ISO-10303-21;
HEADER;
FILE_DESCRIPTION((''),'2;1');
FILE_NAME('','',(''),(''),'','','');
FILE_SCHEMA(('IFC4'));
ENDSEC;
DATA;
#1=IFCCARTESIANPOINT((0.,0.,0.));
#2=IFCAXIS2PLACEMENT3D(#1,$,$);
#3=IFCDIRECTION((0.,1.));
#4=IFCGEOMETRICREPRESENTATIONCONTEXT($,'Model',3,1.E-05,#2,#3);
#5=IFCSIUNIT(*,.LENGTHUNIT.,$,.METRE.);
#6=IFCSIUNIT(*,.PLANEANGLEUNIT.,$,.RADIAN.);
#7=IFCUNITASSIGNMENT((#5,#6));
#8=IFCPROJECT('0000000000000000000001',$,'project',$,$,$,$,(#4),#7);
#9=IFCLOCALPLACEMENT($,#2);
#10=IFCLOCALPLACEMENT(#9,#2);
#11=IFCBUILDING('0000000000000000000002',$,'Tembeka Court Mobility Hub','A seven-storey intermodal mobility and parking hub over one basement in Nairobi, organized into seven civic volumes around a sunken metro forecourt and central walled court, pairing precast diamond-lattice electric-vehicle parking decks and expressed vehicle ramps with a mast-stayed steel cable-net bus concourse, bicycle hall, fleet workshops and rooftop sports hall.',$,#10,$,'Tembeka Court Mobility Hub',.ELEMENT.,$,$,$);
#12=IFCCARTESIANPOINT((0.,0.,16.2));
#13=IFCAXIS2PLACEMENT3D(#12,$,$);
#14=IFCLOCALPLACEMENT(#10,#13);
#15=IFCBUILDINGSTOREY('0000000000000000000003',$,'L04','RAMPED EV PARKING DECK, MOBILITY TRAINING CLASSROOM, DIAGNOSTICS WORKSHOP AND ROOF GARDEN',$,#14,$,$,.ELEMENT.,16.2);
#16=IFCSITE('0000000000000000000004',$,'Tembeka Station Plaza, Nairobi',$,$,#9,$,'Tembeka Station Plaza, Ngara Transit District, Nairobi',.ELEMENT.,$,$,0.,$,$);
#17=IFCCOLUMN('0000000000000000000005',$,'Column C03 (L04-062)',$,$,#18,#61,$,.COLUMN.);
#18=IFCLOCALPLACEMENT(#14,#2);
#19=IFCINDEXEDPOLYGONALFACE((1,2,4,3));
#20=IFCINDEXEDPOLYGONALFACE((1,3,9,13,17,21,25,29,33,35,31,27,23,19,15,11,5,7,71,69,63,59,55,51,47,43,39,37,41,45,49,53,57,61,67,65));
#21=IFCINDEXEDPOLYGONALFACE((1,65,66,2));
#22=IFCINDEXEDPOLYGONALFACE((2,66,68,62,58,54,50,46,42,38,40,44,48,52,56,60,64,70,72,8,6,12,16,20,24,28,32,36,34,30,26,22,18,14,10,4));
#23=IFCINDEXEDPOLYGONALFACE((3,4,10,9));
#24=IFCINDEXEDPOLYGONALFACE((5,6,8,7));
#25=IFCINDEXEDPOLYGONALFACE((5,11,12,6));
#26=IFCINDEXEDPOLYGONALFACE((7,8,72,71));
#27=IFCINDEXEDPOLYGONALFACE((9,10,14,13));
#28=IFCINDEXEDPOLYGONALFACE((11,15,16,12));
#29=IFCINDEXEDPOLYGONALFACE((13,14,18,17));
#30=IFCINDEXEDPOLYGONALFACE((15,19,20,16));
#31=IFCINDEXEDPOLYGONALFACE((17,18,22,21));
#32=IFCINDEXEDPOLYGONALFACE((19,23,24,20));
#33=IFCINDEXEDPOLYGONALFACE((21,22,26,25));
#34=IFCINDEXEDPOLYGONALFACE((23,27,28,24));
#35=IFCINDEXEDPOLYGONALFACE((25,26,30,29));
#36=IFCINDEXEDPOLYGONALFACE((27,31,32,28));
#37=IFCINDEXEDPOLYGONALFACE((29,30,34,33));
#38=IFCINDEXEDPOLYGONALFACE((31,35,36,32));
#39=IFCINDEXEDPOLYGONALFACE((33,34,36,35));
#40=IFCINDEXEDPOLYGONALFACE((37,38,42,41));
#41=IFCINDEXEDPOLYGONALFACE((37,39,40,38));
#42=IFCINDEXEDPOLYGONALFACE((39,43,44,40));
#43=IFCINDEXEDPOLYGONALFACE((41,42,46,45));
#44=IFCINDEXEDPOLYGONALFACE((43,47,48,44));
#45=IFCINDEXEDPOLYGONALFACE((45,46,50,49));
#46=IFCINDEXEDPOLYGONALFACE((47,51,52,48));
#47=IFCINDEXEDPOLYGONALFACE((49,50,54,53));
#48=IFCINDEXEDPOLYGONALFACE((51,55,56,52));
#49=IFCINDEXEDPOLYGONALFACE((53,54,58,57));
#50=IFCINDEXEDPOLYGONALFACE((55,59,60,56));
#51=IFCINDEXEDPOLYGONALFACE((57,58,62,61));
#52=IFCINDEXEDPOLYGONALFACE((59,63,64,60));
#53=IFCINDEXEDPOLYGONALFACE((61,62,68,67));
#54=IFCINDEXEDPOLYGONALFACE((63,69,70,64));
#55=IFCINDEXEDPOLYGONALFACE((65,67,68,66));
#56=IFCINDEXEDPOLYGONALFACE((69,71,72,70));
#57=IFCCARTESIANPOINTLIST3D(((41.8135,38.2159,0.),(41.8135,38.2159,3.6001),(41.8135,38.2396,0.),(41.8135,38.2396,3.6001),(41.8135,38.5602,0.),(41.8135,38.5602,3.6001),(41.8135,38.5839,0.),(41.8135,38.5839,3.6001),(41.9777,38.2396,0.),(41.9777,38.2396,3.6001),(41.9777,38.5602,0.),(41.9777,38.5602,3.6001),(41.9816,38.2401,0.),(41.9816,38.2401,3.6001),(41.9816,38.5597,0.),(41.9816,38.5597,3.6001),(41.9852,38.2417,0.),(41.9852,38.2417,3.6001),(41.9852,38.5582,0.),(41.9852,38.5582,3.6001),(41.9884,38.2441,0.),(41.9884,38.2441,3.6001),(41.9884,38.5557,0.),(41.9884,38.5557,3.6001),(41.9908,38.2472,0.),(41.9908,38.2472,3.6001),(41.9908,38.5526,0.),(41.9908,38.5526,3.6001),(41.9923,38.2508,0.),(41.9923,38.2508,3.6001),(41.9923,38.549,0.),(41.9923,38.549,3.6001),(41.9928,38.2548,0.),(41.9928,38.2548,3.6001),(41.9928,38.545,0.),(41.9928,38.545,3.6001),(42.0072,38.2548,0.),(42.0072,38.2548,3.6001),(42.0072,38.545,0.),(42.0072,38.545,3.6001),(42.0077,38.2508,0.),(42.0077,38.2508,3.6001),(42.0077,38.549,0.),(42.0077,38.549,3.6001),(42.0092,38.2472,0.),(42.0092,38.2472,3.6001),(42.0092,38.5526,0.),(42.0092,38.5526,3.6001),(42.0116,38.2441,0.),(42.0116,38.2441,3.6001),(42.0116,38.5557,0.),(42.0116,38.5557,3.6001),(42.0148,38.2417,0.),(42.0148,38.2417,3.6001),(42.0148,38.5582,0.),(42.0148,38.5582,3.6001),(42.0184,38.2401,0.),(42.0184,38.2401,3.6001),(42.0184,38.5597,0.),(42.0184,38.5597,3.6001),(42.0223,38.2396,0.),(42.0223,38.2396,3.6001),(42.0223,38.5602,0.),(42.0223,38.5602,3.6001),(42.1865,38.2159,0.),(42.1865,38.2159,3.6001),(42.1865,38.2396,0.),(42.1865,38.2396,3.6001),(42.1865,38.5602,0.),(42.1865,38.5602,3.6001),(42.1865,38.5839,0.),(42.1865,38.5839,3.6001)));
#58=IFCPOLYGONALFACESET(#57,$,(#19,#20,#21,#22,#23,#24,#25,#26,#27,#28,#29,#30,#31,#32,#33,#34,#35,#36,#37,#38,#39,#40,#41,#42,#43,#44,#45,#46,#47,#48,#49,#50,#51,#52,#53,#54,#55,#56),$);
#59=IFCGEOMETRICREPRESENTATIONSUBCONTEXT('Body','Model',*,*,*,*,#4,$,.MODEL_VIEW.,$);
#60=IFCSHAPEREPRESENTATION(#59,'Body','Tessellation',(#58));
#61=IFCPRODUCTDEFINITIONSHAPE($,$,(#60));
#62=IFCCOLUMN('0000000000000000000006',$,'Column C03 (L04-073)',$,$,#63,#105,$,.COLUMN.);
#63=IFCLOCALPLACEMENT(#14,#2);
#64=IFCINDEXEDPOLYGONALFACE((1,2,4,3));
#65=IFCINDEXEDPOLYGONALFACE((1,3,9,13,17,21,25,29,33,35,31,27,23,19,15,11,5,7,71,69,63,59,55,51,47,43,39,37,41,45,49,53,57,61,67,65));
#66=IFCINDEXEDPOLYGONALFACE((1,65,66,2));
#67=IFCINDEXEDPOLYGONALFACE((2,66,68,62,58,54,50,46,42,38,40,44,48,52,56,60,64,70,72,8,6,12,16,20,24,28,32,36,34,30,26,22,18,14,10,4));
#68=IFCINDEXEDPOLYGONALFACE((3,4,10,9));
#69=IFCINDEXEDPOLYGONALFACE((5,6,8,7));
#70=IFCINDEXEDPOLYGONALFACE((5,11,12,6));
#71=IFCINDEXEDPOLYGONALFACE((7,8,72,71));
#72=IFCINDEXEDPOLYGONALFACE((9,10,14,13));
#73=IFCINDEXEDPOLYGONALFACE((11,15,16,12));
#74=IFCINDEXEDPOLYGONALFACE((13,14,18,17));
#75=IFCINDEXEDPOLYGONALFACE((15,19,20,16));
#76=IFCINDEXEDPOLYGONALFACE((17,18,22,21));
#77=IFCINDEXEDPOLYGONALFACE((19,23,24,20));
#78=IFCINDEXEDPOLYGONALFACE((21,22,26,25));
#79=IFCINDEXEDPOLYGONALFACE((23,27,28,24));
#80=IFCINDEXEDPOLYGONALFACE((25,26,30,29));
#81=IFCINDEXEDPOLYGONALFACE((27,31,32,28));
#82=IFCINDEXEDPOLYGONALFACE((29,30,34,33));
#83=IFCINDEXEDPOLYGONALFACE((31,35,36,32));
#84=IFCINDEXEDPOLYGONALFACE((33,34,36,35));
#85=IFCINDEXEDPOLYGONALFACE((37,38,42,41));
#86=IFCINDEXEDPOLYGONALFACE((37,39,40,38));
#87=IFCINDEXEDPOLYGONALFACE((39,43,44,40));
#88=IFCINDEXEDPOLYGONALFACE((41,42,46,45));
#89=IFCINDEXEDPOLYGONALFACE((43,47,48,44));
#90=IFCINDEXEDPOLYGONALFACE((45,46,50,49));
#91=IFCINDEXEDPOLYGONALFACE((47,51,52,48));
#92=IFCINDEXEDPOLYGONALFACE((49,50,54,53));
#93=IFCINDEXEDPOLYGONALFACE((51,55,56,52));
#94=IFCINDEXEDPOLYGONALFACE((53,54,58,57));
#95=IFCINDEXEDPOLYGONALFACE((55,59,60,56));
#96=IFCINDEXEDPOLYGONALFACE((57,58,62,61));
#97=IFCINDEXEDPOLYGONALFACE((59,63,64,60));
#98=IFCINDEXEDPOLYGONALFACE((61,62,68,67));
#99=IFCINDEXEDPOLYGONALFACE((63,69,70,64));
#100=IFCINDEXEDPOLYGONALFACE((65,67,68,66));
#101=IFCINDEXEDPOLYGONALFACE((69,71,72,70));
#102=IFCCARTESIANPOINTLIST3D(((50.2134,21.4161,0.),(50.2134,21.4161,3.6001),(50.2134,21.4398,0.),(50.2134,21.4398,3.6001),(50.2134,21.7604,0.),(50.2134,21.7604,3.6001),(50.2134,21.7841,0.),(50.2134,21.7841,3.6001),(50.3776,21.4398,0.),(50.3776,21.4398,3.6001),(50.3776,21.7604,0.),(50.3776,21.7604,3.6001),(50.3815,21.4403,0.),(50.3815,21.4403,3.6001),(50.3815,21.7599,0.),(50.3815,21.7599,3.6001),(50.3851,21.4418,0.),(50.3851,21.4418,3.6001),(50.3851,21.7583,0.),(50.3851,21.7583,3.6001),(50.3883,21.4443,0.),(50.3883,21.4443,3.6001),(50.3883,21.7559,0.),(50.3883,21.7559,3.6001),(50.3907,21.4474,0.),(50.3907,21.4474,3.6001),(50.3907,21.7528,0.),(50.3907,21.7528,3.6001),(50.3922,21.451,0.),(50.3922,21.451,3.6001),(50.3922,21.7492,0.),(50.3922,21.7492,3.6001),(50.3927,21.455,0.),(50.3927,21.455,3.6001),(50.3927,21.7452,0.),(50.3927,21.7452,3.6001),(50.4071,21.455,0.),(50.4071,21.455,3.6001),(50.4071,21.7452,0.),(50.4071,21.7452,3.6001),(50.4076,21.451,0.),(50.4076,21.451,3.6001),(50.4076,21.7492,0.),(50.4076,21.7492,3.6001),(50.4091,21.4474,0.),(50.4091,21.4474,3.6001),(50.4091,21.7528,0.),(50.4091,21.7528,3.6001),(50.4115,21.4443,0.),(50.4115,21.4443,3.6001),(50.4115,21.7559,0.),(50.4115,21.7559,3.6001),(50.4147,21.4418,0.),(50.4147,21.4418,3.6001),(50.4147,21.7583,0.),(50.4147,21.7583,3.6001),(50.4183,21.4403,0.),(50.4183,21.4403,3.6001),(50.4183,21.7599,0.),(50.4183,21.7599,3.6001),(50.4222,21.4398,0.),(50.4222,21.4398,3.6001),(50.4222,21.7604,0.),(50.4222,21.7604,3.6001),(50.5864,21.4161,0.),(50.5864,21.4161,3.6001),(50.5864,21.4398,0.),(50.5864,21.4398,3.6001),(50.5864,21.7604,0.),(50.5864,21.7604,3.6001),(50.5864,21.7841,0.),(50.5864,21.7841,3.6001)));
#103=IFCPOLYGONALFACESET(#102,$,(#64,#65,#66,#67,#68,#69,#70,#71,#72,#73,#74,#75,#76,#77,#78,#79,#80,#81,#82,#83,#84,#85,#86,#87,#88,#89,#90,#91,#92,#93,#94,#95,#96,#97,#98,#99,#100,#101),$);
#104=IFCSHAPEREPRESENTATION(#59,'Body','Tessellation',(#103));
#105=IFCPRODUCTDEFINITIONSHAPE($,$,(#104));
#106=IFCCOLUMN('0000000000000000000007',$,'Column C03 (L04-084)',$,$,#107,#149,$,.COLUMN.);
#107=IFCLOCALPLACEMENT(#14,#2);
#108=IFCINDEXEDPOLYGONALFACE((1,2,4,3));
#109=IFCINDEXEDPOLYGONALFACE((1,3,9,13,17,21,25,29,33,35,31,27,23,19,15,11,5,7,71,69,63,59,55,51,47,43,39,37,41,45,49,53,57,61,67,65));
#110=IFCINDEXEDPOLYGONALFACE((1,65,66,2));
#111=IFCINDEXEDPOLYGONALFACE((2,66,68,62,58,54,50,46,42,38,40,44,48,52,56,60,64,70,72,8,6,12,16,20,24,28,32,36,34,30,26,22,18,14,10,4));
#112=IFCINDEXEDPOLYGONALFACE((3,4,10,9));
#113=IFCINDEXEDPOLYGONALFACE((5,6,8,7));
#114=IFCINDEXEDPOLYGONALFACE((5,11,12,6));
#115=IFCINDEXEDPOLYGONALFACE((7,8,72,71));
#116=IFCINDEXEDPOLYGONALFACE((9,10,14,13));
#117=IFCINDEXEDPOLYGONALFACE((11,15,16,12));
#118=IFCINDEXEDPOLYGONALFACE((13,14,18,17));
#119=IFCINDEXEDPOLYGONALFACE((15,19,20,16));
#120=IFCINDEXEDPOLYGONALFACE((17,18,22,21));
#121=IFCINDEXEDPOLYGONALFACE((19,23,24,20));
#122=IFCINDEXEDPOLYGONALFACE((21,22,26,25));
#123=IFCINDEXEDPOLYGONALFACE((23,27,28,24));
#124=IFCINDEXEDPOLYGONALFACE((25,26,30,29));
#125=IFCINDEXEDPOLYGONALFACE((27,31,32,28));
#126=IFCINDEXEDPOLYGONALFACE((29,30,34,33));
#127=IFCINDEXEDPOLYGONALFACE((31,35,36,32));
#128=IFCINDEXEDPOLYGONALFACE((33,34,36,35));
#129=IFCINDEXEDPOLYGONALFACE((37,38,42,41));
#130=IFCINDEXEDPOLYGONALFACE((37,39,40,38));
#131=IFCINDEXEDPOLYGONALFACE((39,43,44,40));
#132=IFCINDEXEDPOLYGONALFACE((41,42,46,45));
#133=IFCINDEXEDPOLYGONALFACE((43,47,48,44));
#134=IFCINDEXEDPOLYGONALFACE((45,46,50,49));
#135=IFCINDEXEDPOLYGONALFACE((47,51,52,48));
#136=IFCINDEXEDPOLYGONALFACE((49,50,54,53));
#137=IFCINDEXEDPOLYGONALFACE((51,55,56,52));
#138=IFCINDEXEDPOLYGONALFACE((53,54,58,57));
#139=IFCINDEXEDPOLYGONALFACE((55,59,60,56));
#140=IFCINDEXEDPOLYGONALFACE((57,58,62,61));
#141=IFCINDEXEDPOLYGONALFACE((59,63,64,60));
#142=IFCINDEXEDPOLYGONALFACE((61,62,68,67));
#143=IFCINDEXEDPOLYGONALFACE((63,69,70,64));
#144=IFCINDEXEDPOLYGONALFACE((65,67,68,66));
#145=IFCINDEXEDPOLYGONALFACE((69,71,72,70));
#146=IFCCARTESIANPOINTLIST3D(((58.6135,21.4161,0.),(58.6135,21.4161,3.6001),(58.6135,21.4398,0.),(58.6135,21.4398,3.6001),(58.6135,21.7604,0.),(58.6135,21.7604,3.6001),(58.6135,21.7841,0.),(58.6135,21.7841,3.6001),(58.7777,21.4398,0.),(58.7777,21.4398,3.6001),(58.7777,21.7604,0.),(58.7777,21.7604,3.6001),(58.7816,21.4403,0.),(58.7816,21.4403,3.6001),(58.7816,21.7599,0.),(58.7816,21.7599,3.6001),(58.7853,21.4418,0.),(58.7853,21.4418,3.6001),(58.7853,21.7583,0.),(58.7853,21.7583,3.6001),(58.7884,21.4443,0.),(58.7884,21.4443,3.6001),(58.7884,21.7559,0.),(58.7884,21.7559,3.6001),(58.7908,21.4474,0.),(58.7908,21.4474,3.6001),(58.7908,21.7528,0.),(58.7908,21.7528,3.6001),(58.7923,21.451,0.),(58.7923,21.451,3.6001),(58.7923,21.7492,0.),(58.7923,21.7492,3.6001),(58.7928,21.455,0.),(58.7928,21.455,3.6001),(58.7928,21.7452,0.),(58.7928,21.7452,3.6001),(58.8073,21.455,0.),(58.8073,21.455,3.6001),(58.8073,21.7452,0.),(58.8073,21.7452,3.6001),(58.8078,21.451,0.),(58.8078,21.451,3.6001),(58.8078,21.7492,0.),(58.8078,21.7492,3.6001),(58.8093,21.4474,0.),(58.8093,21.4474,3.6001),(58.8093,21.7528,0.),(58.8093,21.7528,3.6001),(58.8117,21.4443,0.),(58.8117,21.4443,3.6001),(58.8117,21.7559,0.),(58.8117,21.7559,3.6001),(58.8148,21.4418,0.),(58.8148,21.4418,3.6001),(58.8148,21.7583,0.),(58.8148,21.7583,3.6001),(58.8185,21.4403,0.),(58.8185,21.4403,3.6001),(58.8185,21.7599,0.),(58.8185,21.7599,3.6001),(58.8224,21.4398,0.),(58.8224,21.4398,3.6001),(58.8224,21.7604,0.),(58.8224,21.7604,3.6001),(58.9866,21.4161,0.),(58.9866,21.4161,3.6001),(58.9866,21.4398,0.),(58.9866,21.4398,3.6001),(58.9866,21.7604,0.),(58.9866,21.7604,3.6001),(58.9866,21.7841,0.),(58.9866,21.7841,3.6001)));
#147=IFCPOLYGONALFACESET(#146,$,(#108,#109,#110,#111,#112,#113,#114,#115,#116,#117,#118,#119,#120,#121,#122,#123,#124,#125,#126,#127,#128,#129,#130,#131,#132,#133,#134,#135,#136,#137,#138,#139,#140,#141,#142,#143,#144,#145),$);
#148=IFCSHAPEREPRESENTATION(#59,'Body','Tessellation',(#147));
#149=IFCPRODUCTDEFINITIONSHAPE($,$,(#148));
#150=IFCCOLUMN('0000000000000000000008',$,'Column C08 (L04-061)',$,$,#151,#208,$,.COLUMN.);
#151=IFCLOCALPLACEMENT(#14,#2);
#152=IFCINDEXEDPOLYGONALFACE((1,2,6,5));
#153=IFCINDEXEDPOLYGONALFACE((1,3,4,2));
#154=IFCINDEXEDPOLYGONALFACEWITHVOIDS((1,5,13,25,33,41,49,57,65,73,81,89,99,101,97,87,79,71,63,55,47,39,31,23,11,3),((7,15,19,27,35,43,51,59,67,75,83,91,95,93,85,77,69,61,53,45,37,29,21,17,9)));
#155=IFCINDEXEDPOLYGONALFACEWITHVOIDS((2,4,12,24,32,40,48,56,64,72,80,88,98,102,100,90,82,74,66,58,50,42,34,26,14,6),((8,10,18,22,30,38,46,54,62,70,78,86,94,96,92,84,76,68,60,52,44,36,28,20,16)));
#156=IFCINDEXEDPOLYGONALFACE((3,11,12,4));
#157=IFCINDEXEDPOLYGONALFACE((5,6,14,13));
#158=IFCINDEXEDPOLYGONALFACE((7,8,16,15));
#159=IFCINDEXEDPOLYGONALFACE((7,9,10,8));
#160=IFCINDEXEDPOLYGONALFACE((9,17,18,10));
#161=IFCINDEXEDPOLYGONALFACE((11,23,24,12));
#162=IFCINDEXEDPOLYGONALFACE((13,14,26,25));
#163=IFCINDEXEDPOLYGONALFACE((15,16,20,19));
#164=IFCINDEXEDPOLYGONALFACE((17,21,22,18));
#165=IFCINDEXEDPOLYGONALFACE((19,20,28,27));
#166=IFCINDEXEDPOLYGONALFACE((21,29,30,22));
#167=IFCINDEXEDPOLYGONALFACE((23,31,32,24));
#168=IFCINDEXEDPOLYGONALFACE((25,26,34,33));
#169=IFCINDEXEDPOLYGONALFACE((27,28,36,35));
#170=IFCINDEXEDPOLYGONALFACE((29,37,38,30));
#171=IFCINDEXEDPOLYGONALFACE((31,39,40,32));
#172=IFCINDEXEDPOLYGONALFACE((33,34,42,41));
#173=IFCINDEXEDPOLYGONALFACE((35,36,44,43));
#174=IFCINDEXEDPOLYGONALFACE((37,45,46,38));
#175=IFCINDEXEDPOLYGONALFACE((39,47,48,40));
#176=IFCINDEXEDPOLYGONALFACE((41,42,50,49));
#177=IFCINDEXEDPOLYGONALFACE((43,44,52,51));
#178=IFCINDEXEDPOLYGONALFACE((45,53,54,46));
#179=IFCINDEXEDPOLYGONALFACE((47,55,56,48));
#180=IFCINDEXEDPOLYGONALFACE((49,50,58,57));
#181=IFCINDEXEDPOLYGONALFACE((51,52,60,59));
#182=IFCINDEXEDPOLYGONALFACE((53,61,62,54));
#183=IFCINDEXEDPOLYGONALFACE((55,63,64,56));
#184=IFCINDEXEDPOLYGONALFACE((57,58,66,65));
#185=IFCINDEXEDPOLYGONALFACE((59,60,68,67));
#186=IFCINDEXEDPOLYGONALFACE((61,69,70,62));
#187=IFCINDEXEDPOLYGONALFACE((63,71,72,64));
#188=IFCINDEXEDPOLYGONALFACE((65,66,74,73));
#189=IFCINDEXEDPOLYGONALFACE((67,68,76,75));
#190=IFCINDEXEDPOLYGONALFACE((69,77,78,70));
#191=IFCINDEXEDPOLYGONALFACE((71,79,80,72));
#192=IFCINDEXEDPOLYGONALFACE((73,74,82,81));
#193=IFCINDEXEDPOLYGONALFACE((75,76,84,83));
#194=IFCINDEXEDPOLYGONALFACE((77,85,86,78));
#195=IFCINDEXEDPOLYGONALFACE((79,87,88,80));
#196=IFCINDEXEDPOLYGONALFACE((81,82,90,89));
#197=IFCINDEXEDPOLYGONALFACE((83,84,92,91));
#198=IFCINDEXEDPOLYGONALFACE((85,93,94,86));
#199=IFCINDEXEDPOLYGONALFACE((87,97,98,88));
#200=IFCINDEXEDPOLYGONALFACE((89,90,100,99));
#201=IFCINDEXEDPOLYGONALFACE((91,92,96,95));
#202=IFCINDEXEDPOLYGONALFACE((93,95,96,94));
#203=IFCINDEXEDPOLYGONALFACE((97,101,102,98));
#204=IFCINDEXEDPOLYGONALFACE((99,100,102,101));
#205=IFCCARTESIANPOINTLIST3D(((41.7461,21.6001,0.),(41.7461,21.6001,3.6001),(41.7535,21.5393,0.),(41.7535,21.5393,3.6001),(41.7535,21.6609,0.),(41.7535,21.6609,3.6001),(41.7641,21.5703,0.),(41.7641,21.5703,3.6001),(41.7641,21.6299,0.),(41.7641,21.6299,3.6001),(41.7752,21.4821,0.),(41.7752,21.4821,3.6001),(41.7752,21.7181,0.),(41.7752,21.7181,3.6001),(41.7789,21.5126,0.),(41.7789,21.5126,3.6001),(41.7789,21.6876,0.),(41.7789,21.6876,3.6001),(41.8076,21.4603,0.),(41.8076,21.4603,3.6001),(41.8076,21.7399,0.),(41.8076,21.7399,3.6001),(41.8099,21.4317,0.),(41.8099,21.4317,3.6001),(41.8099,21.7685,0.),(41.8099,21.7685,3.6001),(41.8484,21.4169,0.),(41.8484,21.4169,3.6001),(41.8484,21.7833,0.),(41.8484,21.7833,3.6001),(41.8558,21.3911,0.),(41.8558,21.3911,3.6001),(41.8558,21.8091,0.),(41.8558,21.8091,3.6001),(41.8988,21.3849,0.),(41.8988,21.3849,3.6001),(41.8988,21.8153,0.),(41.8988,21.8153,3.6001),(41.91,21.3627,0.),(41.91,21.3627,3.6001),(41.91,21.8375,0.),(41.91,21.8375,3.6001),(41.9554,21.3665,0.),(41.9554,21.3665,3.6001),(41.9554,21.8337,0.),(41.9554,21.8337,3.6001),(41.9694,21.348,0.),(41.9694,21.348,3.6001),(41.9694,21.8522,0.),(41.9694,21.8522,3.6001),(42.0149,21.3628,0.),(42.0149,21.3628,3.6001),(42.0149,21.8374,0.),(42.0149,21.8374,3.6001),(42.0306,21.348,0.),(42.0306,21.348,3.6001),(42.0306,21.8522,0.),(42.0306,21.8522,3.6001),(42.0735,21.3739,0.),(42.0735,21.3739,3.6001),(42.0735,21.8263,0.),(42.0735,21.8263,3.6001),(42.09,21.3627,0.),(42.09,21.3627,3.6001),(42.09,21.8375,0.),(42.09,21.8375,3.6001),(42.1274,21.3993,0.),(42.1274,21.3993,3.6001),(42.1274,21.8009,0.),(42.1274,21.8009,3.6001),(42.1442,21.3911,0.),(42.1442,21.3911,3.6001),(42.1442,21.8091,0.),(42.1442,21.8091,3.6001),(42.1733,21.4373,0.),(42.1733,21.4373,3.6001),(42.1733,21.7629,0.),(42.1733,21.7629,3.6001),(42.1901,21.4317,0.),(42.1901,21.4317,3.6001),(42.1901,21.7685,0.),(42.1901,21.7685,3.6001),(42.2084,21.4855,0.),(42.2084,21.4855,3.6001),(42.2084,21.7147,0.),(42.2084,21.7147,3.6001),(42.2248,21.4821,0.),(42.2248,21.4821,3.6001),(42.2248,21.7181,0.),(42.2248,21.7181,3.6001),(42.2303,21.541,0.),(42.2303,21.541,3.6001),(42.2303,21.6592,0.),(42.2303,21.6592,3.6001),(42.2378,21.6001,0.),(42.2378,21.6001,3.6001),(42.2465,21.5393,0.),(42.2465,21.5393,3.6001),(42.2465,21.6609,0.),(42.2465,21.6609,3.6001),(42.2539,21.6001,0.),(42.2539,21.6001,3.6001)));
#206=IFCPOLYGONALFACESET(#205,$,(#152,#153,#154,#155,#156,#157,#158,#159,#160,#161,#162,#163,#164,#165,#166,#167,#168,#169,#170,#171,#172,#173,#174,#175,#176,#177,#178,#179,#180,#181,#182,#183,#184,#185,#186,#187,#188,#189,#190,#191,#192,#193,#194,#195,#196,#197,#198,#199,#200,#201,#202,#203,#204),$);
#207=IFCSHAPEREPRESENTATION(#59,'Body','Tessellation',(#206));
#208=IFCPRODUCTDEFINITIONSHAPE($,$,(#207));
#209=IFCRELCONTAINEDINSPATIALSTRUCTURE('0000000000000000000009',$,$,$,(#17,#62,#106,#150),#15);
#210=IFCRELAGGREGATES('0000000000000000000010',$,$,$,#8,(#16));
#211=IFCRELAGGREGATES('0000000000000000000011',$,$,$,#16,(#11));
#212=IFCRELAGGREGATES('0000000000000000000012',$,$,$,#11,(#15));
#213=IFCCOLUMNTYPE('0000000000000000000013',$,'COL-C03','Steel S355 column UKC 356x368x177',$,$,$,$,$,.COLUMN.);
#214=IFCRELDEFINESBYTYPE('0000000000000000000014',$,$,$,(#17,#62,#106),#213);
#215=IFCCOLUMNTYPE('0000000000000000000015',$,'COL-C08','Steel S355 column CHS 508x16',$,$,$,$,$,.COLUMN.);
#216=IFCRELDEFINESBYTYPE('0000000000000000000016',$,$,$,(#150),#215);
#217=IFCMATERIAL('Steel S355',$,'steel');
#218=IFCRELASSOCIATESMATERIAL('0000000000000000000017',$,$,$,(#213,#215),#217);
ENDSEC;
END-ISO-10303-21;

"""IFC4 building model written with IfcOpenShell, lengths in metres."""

from ifc_helpers import new_model, si_unit, direction, frame, origin, origin_2d, place, context, subcontext, project, spatial, hollow_circle, i_section, extrude, material, material_profile, profile_set, type_object, element, save


model = new_model("IFC4")

# Units and contexts
model_context = context("Model", 3, precision=1e-05, world=origin(), true_north=direction((0.0, 1.0)))
body_context = subcontext(model_context, "Body", "Model", "MODEL_VIEW")
ifc_project = project(units=[si_unit("LENGTHUNIT", "METRE"), si_unit("PLANEANGLEUNIT", "RADIAN")], contexts=[model_context])

# Site, building, storey
site_placement = place(None, origin())
site = spatial("IfcSite", under=ifc_project, at=site_placement, Name="Tembeka Station Plaza, Nairobi", LongName="Tembeka Station Plaza, Ngara Transit District, Nairobi", CompositionType="ELEMENT", RefElevation=0.0)
building_placement = place(site_placement, origin())
building = spatial("IfcBuilding", under=site, at=building_placement, Name="Tembeka Court Mobility Hub", Description="A seven-storey intermodal mobility and parking hub over one basement in Nairobi, organized into seven civic volumes around a sunken metro forecourt and central walled court, pairing precast diamond-lattice electric-vehicle parking decks and expressed vehicle ramps with a mast-stayed steel cable-net bus concourse, bicycle hall, fleet workshops and rooftop sports hall.", LongName="Tembeka Court Mobility Hub", CompositionType="ELEMENT")
storey_placement = place(building_placement, frame((0.0, 0.0, 16.2)))
storey = spatial("IfcBuildingStorey", under=building, at=storey_placement, Name="L04", Description="RAMPED EV PARKING DECK, MOBILITY TRAINING CLASSROOM, DIAGNOSTICS WORKSHOP AND ROOF GARDEN", CompositionType="ELEMENT", Elevation=16.2)

# Columns
ifc_material_1 = material(Name="Steel S355", Category="steel")
ifc_material_profile_1 = material_profile(ifc_material_1, i_section(OverallWidth=0.373, OverallDepth=0.3679, WebThickness=0.0144, FlangeThickness=0.0237, FilletRadius=0.0151, at=origin_2d()), Name="UKC 356x368x177")
ifc_profile_set_1 = profile_set([ifc_material_profile_1], Name="Steel S355")
column_type_1 = type_object("IfcColumnType", Name="COL-C03", Description="Steel S355 column UKC 356x368x177", PredefinedType="COLUMN", material=ifc_profile_set_1)
for number, where, z_axis, x_axis, name in (
    (1, (42.0, 38.3999, 0.0), (0.0, 0.0, 1.0), (1.0, 0.0, 0.0), "Column C03 (L04-062)"),
    (2, (50.3999, 21.6001, 0.0), (0.0, 0.0, 1.0), (1.0, 0.0, 0.0), "Column C03 (L04-073)"),
    (3, (58.8, 21.6001, 0.0), (0.0, 0.0, 1.0), (1.0, 0.0, 0.0), "Column C03 (L04-084)"),
):
    element("IfcColumn", number, at=place(storey_placement, frame(where, z_axis=z_axis, x_axis=x_axis)), inside=storey, type_object=column_type_1, Name=name, PredefinedType="COLUMN", context=body_context, shape_type="SweptSolid", body=[
        extrude(i_section(OverallWidth=0.373, OverallDepth=0.3679, WebThickness=0.0144, FlangeThickness=0.0237, FilletRadius=0.0151, at=origin_2d()), origin(), (0.0, 0.0, 1.0), 3.6001),
    ])
ifc_material_profile_2 = material_profile(ifc_material_1, hollow_circle(Radius=0.2539, WallThickness=0.0161, at=origin_2d()), Name="CHS 508x16")
ifc_profile_set_2 = profile_set([ifc_material_profile_2], Name="Steel S355")
column_type_2 = type_object("IfcColumnType", Name="COL-C08", Description="Steel S355 column CHS 508x16", PredefinedType="COLUMN", material=ifc_profile_set_2)
column_placement = place(storey_placement, frame((42.0, 21.6001, 0.0), z_axis=(0.0, 0.0, 1.0), x_axis=(1.0, 0.0, 0.0)))
element("IfcColumn", 4, at=column_placement, inside=storey, type_object=column_type_2, Name="Column C08 (L04-061)", PredefinedType="COLUMN", context=body_context, shape_type="SweptSolid", body=[
    extrude(hollow_circle(Radius=0.2539, WallThickness=0.0161, at=origin_2d()), origin(), (0.0, 0.0, 1.0), 3.6001),
])

save(model, "model.ifc")
